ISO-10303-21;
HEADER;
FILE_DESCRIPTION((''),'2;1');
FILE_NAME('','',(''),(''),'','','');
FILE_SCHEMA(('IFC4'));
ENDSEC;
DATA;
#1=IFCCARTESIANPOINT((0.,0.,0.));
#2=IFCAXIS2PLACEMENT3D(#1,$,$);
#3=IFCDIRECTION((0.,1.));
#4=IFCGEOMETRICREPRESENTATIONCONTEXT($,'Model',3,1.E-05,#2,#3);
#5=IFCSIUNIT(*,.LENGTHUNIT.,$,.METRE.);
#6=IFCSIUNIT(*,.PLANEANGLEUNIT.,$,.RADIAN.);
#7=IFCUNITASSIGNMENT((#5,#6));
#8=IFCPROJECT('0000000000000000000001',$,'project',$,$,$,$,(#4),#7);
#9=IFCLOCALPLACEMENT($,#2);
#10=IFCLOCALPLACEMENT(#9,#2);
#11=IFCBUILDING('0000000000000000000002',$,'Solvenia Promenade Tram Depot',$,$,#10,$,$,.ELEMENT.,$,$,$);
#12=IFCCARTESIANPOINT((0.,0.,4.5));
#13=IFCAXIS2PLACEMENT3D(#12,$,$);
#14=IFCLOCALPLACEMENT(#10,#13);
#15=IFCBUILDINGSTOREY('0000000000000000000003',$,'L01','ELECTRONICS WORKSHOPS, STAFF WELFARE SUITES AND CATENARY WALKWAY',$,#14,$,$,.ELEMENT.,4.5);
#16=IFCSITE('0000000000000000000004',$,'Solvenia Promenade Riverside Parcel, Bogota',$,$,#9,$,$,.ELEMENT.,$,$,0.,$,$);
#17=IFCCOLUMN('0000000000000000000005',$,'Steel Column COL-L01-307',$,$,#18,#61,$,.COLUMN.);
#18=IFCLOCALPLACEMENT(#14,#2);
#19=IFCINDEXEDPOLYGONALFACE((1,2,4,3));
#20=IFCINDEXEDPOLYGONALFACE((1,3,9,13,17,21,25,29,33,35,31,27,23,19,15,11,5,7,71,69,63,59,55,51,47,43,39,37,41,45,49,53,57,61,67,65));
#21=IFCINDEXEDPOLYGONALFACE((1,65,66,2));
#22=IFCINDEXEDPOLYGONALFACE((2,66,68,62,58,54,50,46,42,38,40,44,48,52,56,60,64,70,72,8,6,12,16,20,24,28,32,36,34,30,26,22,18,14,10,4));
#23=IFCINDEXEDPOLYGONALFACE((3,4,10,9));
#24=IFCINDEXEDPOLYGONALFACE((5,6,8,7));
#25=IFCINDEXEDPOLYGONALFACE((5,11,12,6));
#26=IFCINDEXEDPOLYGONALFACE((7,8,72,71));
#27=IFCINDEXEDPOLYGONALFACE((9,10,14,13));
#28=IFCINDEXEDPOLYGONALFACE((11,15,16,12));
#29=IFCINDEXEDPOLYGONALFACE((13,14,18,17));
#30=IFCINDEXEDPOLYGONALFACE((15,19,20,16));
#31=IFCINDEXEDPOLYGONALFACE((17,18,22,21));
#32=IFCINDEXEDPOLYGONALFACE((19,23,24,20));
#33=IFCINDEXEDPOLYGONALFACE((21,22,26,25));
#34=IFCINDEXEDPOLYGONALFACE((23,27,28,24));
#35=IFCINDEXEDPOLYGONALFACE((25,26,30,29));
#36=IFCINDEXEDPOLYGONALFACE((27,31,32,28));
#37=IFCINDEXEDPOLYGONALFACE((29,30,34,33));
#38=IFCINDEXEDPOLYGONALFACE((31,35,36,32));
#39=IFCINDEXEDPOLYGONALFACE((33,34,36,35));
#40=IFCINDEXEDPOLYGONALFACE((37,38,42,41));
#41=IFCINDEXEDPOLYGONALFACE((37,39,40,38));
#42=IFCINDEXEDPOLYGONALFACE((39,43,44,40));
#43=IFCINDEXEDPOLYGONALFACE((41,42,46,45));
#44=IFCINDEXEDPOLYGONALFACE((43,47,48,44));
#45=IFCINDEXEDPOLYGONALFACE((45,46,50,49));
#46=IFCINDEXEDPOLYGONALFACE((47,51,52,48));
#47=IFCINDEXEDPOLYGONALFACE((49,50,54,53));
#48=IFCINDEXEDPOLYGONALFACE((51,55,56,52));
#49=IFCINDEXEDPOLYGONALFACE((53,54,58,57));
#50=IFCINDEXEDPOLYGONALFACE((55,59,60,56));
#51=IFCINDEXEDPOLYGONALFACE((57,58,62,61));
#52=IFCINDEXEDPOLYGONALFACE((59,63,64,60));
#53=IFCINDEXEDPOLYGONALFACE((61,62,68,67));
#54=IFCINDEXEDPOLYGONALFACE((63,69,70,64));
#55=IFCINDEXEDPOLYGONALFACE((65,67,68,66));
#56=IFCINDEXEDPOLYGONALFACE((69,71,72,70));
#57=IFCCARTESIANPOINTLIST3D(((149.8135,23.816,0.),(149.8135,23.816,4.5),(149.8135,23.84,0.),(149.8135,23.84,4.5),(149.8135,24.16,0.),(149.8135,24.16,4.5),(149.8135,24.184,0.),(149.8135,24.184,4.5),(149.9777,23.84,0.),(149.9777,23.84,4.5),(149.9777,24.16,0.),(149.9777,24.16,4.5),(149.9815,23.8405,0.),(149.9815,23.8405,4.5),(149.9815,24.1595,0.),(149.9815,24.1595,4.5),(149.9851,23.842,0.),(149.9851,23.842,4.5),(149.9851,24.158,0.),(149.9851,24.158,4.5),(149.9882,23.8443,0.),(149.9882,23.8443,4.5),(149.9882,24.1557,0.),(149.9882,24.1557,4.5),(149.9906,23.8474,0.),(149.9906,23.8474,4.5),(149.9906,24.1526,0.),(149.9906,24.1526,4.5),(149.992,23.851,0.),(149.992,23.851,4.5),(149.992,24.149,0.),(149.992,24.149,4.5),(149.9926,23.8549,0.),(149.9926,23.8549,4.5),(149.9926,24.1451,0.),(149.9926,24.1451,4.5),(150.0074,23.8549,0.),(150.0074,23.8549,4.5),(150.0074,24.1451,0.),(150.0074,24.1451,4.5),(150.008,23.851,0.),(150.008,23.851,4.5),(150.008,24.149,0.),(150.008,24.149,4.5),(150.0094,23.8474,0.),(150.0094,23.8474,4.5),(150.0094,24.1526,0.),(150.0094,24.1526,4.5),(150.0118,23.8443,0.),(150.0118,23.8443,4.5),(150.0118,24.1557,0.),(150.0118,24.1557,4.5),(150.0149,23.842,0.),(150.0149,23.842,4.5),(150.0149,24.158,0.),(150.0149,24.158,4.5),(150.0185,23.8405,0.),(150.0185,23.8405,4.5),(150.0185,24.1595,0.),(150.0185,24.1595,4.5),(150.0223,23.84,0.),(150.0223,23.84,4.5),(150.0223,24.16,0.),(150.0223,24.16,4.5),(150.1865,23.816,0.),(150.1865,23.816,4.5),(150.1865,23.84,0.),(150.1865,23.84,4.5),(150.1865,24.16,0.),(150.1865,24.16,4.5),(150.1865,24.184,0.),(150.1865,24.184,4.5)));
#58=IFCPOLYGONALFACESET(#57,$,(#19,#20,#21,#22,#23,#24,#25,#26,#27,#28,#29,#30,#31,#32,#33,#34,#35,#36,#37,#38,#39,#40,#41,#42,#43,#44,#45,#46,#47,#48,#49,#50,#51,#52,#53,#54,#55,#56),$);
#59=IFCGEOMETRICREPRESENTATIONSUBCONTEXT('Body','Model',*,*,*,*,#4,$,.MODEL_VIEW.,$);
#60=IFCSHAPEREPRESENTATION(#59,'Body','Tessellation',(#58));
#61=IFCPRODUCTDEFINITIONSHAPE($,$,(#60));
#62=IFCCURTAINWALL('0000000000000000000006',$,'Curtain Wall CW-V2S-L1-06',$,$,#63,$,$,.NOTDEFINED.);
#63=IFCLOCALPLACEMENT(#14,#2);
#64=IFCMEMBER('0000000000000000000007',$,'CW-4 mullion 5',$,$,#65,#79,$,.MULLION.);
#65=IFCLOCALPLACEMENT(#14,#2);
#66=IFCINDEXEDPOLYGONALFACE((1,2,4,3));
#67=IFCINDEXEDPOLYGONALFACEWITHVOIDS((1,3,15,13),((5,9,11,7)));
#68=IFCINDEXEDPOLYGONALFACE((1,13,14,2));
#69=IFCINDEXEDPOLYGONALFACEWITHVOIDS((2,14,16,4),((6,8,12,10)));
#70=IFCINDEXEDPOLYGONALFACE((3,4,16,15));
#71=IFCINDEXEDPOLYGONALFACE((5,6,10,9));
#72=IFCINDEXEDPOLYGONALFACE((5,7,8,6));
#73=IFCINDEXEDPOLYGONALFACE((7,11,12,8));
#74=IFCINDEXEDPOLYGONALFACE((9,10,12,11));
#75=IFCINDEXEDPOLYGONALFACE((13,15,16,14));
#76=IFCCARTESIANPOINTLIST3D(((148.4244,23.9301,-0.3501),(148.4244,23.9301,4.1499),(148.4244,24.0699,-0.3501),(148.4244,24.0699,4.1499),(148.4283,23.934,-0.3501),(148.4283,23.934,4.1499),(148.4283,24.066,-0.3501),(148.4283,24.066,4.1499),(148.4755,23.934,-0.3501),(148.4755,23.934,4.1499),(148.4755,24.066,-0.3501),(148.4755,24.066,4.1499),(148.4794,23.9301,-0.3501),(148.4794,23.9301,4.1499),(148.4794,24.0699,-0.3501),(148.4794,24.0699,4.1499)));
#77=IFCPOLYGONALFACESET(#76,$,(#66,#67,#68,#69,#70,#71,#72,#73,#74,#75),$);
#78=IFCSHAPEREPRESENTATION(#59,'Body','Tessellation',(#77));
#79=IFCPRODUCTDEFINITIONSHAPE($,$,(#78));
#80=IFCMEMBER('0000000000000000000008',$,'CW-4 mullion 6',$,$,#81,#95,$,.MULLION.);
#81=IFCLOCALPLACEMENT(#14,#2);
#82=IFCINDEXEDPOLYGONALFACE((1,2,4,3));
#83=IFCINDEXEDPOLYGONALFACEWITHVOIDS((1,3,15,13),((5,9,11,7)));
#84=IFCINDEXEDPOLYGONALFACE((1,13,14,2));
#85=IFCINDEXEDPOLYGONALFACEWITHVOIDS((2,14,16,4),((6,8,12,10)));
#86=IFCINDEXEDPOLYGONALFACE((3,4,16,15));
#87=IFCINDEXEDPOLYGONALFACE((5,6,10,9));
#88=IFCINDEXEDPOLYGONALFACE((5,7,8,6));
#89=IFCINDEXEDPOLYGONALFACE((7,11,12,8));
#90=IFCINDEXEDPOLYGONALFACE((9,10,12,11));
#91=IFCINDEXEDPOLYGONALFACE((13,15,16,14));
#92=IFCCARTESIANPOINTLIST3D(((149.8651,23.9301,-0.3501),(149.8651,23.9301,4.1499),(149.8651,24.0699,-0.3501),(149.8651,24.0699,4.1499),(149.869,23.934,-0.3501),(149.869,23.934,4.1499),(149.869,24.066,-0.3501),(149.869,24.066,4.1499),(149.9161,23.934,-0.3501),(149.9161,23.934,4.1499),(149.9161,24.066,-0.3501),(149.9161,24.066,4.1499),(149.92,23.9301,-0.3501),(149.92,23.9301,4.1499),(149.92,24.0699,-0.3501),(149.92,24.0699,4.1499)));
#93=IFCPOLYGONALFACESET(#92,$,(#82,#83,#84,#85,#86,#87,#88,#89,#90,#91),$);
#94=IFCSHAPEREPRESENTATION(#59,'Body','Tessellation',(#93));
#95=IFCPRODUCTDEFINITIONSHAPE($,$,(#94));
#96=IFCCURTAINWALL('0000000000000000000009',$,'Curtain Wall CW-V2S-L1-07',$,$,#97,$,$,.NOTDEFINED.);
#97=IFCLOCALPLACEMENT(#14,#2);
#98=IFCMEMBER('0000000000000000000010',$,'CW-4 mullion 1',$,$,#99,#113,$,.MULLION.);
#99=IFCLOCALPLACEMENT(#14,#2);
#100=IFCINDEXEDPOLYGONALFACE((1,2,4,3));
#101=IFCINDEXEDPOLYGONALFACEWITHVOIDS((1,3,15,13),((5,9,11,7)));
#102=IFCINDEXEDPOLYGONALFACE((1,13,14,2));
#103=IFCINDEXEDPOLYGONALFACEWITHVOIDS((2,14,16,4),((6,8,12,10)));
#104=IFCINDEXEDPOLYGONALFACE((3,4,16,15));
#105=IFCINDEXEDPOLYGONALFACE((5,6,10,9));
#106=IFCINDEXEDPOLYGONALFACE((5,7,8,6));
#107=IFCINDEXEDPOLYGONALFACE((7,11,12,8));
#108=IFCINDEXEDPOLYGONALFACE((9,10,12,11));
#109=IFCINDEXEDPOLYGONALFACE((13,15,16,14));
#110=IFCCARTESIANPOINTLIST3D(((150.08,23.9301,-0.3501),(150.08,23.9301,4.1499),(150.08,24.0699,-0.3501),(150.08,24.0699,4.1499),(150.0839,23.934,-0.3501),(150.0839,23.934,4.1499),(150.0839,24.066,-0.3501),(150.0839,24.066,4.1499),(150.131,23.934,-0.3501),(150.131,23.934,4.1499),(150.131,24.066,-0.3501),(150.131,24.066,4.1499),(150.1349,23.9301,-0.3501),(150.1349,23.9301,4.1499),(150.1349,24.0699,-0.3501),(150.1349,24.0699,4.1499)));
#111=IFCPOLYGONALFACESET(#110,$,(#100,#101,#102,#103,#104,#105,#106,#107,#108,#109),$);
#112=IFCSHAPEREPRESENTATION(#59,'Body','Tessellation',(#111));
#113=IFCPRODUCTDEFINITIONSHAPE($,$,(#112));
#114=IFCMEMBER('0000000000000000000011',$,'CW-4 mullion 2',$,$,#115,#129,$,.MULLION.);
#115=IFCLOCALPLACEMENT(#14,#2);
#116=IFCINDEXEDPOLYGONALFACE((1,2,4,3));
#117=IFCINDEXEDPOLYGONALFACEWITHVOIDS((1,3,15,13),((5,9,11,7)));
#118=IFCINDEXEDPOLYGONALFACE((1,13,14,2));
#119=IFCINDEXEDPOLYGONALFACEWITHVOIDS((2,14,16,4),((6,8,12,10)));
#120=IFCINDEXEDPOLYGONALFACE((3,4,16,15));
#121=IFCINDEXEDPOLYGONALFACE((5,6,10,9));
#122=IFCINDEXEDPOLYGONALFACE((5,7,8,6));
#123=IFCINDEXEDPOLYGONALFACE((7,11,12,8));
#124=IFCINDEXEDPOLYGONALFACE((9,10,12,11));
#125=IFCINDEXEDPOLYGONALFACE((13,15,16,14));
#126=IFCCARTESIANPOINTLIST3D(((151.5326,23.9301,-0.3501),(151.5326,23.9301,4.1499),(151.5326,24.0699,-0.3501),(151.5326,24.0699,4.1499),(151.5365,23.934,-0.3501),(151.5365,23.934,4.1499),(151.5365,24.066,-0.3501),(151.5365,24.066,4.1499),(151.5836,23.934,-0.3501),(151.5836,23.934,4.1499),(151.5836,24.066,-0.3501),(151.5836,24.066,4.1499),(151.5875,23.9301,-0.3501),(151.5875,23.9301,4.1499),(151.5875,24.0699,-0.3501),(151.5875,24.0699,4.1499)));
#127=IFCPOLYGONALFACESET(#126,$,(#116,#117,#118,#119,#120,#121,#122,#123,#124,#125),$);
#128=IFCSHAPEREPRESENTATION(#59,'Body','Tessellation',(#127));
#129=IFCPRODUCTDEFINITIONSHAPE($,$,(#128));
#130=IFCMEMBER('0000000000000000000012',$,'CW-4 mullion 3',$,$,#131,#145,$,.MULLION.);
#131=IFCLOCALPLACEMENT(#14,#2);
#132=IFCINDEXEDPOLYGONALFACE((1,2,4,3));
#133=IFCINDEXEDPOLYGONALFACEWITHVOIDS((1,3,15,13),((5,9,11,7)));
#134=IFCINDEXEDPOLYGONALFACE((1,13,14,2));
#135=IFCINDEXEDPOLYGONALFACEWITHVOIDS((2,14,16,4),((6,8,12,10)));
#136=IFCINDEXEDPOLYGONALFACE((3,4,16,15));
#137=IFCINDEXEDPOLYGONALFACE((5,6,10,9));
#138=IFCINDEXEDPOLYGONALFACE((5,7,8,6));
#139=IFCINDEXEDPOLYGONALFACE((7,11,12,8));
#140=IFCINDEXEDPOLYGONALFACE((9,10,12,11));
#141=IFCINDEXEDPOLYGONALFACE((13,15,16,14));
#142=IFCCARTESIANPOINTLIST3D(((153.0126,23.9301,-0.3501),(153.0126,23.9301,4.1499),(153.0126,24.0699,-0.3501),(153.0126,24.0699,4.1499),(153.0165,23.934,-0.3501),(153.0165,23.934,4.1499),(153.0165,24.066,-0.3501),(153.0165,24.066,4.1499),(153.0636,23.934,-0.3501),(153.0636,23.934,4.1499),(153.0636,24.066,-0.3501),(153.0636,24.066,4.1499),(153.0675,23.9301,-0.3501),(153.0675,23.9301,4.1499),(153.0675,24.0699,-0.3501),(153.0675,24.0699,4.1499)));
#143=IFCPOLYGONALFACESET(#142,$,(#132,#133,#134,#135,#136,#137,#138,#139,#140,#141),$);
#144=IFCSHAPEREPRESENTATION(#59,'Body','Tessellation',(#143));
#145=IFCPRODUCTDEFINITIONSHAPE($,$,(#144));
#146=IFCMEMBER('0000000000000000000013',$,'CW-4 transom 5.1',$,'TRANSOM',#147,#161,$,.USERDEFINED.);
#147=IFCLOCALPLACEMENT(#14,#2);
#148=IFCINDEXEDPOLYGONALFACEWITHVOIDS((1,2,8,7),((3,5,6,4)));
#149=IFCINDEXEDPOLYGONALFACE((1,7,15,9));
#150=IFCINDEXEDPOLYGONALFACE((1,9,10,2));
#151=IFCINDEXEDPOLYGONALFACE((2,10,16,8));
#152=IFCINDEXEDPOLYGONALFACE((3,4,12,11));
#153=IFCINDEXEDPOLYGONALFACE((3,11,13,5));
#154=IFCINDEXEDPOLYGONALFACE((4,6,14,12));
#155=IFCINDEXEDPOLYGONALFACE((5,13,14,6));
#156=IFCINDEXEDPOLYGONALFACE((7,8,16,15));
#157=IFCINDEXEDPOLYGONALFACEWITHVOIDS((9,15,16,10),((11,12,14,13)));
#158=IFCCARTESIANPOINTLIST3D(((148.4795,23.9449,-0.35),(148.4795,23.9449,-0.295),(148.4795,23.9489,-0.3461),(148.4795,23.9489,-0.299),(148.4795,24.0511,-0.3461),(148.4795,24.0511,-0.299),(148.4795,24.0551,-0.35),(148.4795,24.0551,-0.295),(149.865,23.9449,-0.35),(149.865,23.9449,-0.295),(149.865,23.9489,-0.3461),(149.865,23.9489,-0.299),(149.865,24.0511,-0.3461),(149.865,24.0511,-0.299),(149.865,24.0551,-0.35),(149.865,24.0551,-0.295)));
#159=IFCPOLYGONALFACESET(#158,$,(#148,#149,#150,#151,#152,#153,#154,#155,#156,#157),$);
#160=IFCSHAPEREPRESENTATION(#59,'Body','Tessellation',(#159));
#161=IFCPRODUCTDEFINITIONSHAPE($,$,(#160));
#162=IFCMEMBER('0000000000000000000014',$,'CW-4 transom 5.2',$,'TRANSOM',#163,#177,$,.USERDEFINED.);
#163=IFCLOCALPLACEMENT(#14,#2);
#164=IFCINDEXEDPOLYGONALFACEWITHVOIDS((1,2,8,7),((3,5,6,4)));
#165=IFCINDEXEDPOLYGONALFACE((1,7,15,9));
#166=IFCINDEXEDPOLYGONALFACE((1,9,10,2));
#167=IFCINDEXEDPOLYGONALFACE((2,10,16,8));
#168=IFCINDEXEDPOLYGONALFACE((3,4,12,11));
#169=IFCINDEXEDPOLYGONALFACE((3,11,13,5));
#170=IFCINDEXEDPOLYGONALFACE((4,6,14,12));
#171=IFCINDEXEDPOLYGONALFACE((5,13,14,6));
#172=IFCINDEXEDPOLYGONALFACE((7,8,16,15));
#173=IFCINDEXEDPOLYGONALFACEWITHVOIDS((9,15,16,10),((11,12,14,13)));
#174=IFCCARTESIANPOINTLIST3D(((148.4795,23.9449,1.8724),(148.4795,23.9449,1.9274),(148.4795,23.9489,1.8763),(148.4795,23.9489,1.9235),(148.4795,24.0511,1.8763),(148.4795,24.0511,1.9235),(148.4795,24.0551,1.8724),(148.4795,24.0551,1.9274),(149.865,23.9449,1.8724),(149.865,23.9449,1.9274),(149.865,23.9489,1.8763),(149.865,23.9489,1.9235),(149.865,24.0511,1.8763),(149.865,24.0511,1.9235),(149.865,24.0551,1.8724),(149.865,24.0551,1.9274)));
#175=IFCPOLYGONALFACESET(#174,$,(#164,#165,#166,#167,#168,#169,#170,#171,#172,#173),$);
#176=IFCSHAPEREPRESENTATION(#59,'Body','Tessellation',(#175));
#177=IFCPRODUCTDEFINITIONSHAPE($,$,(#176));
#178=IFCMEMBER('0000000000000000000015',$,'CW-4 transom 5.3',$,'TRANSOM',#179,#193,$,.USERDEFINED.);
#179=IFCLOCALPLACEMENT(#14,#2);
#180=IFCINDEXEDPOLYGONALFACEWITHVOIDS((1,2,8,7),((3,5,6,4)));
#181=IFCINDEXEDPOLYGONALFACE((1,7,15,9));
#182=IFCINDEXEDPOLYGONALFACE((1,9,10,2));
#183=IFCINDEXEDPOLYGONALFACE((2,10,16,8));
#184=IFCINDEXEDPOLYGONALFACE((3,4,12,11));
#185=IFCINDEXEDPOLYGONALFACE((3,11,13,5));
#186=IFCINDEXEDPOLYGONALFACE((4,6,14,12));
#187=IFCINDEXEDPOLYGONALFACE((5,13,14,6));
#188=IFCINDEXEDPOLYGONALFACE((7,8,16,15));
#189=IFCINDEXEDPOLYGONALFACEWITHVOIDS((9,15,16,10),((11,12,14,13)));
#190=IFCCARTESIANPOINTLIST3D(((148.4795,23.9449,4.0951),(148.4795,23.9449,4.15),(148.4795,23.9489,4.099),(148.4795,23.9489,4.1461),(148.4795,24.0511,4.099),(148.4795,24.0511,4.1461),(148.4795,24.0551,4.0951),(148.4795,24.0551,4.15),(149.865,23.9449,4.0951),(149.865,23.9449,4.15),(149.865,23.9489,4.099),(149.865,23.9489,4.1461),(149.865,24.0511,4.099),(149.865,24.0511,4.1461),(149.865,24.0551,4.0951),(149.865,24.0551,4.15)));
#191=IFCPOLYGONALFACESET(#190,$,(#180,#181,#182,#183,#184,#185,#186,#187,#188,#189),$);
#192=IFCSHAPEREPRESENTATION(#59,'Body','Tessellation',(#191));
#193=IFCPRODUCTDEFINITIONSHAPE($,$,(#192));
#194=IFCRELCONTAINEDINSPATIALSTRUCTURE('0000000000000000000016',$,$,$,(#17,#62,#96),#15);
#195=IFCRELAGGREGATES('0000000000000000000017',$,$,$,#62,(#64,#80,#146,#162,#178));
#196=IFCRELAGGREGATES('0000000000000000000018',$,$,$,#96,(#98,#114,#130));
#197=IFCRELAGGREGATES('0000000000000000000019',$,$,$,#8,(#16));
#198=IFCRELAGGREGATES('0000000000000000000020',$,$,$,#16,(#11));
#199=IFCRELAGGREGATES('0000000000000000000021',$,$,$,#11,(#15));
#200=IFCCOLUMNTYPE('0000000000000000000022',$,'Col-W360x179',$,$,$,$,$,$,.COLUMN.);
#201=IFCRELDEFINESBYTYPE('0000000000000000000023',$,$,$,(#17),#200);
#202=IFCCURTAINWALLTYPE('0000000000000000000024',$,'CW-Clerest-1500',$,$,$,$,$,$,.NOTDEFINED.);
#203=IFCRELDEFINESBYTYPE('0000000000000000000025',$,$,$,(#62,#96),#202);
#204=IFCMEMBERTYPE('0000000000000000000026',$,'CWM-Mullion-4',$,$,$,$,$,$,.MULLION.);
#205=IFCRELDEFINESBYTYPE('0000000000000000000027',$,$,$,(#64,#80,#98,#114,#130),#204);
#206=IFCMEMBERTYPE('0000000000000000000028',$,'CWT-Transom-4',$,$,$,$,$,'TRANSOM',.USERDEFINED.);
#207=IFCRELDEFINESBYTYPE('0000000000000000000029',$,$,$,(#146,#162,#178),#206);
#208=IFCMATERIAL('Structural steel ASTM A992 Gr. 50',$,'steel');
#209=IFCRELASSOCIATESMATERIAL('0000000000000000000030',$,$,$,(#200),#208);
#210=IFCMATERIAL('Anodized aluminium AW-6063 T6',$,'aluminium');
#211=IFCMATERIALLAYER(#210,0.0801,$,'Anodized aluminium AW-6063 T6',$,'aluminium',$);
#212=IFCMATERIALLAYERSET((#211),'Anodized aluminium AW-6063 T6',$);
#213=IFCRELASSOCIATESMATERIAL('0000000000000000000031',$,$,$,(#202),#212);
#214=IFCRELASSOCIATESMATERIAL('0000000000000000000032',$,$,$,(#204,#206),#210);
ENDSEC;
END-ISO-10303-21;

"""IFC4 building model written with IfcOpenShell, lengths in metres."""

from ifc_helpers import new_model, si_unit, direction, frame, origin, origin_2d, place, context, subcontext, project, spatial, hollow_rectangle, i_section, extrude, material, layer, layer_set, material_profile, profile_set, type_object, element, aggregate, save


model = new_model("IFC4")

# Units and contexts
model_context = context("Model", 3, precision=1e-05, world=origin(), true_north=direction((0.0, 1.0)))
body_context = subcontext(model_context, "Body", "Model", "MODEL_VIEW")
ifc_project = project(units=[si_unit("LENGTHUNIT", "METRE"), si_unit("PLANEANGLEUNIT", "RADIAN")], contexts=[model_context])

# Site, building, storey
site_placement = place(None, origin())
site = spatial("IfcSite", under=ifc_project, at=site_placement, Name="Solvenia Promenade Riverside Parcel, Bogota", CompositionType="ELEMENT", RefElevation=0.0)
building_placement = place(site_placement, origin())
building = spatial("IfcBuilding", under=site, at=building_placement, Name="Solvenia Promenade Tram Depot", CompositionType="ELEMENT")
storey_placement = place(building_placement, frame((0.0, 0.0, 4.5)))
storey = spatial("IfcBuildingStorey", under=building, at=storey_placement, Name="L01", Description="ELECTRONICS WORKSHOPS, STAFF WELFARE SUITES AND CATENARY WALKWAY", CompositionType="ELEMENT", Elevation=4.5)

# Column
ifc_material_1 = material(Name="Structural steel ASTM A992 Gr. 50", Category="steel")
ifc_material_profile_1 = material_profile(ifc_material_1, i_section(OverallWidth=0.373, OverallDepth=0.3679, WebThickness=0.0149, FlangeThickness=0.0239, FilletRadius=0.0149, at=origin_2d()), Name="W360x179", Category="steel")
ifc_profile_set_1 = profile_set([ifc_material_profile_1], Name="Structural steel ASTM A992 Gr. 50")
column_type = type_object("IfcColumnType", Name="Col-W360x179", PredefinedType="COLUMN", material=ifc_profile_set_1)
column_placement = place(storey_placement, frame((150.0, 24.0, 0.0), z_axis=(0.0, 0.0, 1.0), x_axis=(1.0, 0.0, 0.0)))
element("IfcColumn", 1, at=column_placement, inside=storey, type_object=column_type, Name="Steel Column COL-L01-307", PredefinedType="COLUMN", context=body_context, shape_type="SweptSolid", body=[
    extrude(i_section(OverallWidth=0.373, OverallDepth=0.3679, WebThickness=0.0149, FlangeThickness=0.0239, FilletRadius=0.0149, at=origin_2d()), origin(), (0.0, 0.0, 1.0), 4.5),
])

# Curtain walls, members
ifc_material_2 = material(Name="Anodized aluminium AW-6063 T6", Category="aluminium")
ifc_layer_1 = layer(ifc_material_2, 0.0801, Name="Anodized aluminium AW-6063 T6", Category="aluminium")
ifc_layer_set_1 = layer_set([ifc_layer_1], Name="Anodized aluminium AW-6063 T6")
curtain_wall_type = type_object("IfcCurtainWallType", Name="CW-Clerest-1500", PredefinedType="NOTDEFINED", material=ifc_layer_set_1)
curtain_wall_1_placement = place(storey_placement, origin())
curtain_wall_1 = element("IfcCurtainWall", 2, at=curtain_wall_1_placement, inside=storey, type_object=curtain_wall_type, Name="Curtain Wall CW-V2S-L1-06", PredefinedType="NOTDEFINED")
ifc_material_profile_2 = material_profile(ifc_material_2, hollow_rectangle(XDim=0.1399, YDim=0.0549, WallThickness=0.0039, at=origin_2d()), Name="ALU-M4", Category="aluminium")
ifc_profile_set_2 = profile_set([ifc_material_profile_2], Name="Anodized aluminium AW-6063 T6")
member_type_1 = type_object("IfcMemberType", Name="CWM-Mullion-4", PredefinedType="MULLION", material=ifc_profile_set_2)
member_1_placement = place(storey_placement, frame((148.4519, 24.0, -0.3501), z_axis=(0.0, 0.0, 1.0), x_axis=(0.0, 1.0, 0.0)))
member_1 = element("IfcMember", 3, at=member_1_placement, type_object=member_type_1, Name="CW-4 mullion 5", PredefinedType="MULLION", context=body_context, shape_type="SweptSolid", body=[
    extrude(hollow_rectangle(XDim=0.1399, YDim=0.0549, WallThickness=0.0039, at=origin_2d()), origin(), (0.0, 0.0, 1.0), 4.5),
])
member_2_placement = place(storey_placement, frame((149.8926, 24.0, -0.3501), z_axis=(0.0, 0.0, 1.0), x_axis=(0.0, 1.0, 0.0)))
member_2 = element("IfcMember", 4, at=member_2_placement, type_object=member_type_1, Name="CW-4 mullion 6", PredefinedType="MULLION", context=body_context, shape_type="SweptSolid", body=[
    extrude(hollow_rectangle(XDim=0.1399, YDim=0.0549, WallThickness=0.0039, at=origin_2d()), origin(), (0.0, 0.0, 1.0), 4.5),
])
curtain_wall_2_placement = place(storey_placement, origin())
curtain_wall_2 = element("IfcCurtainWall", 5, at=curtain_wall_2_placement, inside=storey, type_object=curtain_wall_type, Name="Curtain Wall CW-V2S-L1-07", PredefinedType="NOTDEFINED")
member_3_placement = place(storey_placement, frame((150.1074, 24.0, -0.3501), z_axis=(0.0, 0.0, 1.0), x_axis=(0.0, 1.0, 0.0)))
member_3 = element("IfcMember", 6, at=member_3_placement, type_object=member_type_1, Name="CW-4 mullion 1", PredefinedType="MULLION", context=body_context, shape_type="SweptSolid", body=[
    extrude(hollow_rectangle(XDim=0.1399, YDim=0.0549, WallThickness=0.0039, at=origin_2d()), origin(), (0.0, 0.0, 1.0), 4.5),
])
member_4_placement = place(storey_placement, frame((151.5601, 24.0, -0.3501), z_axis=(0.0, 0.0, 1.0), x_axis=(0.0, 1.0, 0.0)))
member_4 = element("IfcMember", 7, at=member_4_placement, type_object=member_type_1, Name="CW-4 mullion 2", PredefinedType="MULLION", context=body_context, shape_type="SweptSolid", body=[
    extrude(hollow_rectangle(XDim=0.1399, YDim=0.0549, WallThickness=0.0039, at=origin_2d()), origin(), (0.0, 0.0, 1.0), 4.5),
])
member_5_placement = place(storey_placement, frame((153.04, 24.0, -0.3501), z_axis=(0.0, 0.0, 1.0), x_axis=(0.0, 1.0, 0.0)))
member_5 = element("IfcMember", 8, at=member_5_placement, type_object=member_type_1, Name="CW-4 mullion 3", PredefinedType="MULLION", context=body_context, shape_type="SweptSolid", body=[
    extrude(hollow_rectangle(XDim=0.1399, YDim=0.0549, WallThickness=0.0039, at=origin_2d()), origin(), (0.0, 0.0, 1.0), 4.5),
])

# Members
ifc_material_profile_3 = material_profile(ifc_material_2, hollow_rectangle(XDim=0.1101, YDim=0.0549, WallThickness=0.0039, at=origin_2d()), Name="ALU-T4", Category="aluminium")
ifc_profile_set_3 = profile_set([ifc_material_profile_3], Name="Anodized aluminium AW-6063 T6")
member_type_2 = type_object("IfcMemberType", Name="CWT-Transom-4", ElementType="TRANSOM", PredefinedType="USERDEFINED", material=ifc_profile_set_3)
member_6_placement = place(storey_placement, frame((148.4795, 24.0, -0.3225), z_axis=(1.0, 0.0, 0.0), x_axis=(0.0, 1.0, 0.0)))
member_6 = element("IfcMember", 9, at=member_6_placement, type_object=member_type_2, Name="CW-4 transom 5.1", ObjectType="TRANSOM", PredefinedType="USERDEFINED", context=body_context, shape_type="SweptSolid", body=[
    extrude(hollow_rectangle(XDim=0.1101, YDim=0.0549, WallThickness=0.0039, at=origin_2d()), origin(), (0.0, 0.0, 1.0), 1.3855),
])
member_7_placement = place(storey_placement, frame((148.4795, 24.0, 1.8999), z_axis=(1.0, 0.0, 0.0), x_axis=(0.0, 1.0, 0.0)))
member_7 = element("IfcMember", 10, at=member_7_placement, type_object=member_type_2, Name="CW-4 transom 5.2", ObjectType="TRANSOM", PredefinedType="USERDEFINED", context=body_context, shape_type="SweptSolid", body=[
    extrude(hollow_rectangle(XDim=0.1101, YDim=0.0549, WallThickness=0.0039, at=origin_2d()), origin(), (0.0, 0.0, 1.0), 1.3855),
])
member_8_placement = place(storey_placement, frame((148.4795, 24.0, 4.1226), z_axis=(1.0, 0.0, 0.0), x_axis=(0.0, 1.0, 0.0)))
member_8 = element("IfcMember", 11, at=member_8_placement, type_object=member_type_2, Name="CW-4 transom 5.3", ObjectType="TRANSOM", PredefinedType="USERDEFINED", context=body_context, shape_type="SweptSolid", body=[
    extrude(hollow_rectangle(XDim=0.1101, YDim=0.0549, WallThickness=0.0039, at=origin_2d()), origin(), (0.0, 0.0, 1.0), 1.3855),
])

aggregate(curtain_wall_1, [member_1, member_2, member_6, member_7, member_8])
aggregate(curtain_wall_2, [member_3, member_4, member_5])

save(model, "model.ifc")
